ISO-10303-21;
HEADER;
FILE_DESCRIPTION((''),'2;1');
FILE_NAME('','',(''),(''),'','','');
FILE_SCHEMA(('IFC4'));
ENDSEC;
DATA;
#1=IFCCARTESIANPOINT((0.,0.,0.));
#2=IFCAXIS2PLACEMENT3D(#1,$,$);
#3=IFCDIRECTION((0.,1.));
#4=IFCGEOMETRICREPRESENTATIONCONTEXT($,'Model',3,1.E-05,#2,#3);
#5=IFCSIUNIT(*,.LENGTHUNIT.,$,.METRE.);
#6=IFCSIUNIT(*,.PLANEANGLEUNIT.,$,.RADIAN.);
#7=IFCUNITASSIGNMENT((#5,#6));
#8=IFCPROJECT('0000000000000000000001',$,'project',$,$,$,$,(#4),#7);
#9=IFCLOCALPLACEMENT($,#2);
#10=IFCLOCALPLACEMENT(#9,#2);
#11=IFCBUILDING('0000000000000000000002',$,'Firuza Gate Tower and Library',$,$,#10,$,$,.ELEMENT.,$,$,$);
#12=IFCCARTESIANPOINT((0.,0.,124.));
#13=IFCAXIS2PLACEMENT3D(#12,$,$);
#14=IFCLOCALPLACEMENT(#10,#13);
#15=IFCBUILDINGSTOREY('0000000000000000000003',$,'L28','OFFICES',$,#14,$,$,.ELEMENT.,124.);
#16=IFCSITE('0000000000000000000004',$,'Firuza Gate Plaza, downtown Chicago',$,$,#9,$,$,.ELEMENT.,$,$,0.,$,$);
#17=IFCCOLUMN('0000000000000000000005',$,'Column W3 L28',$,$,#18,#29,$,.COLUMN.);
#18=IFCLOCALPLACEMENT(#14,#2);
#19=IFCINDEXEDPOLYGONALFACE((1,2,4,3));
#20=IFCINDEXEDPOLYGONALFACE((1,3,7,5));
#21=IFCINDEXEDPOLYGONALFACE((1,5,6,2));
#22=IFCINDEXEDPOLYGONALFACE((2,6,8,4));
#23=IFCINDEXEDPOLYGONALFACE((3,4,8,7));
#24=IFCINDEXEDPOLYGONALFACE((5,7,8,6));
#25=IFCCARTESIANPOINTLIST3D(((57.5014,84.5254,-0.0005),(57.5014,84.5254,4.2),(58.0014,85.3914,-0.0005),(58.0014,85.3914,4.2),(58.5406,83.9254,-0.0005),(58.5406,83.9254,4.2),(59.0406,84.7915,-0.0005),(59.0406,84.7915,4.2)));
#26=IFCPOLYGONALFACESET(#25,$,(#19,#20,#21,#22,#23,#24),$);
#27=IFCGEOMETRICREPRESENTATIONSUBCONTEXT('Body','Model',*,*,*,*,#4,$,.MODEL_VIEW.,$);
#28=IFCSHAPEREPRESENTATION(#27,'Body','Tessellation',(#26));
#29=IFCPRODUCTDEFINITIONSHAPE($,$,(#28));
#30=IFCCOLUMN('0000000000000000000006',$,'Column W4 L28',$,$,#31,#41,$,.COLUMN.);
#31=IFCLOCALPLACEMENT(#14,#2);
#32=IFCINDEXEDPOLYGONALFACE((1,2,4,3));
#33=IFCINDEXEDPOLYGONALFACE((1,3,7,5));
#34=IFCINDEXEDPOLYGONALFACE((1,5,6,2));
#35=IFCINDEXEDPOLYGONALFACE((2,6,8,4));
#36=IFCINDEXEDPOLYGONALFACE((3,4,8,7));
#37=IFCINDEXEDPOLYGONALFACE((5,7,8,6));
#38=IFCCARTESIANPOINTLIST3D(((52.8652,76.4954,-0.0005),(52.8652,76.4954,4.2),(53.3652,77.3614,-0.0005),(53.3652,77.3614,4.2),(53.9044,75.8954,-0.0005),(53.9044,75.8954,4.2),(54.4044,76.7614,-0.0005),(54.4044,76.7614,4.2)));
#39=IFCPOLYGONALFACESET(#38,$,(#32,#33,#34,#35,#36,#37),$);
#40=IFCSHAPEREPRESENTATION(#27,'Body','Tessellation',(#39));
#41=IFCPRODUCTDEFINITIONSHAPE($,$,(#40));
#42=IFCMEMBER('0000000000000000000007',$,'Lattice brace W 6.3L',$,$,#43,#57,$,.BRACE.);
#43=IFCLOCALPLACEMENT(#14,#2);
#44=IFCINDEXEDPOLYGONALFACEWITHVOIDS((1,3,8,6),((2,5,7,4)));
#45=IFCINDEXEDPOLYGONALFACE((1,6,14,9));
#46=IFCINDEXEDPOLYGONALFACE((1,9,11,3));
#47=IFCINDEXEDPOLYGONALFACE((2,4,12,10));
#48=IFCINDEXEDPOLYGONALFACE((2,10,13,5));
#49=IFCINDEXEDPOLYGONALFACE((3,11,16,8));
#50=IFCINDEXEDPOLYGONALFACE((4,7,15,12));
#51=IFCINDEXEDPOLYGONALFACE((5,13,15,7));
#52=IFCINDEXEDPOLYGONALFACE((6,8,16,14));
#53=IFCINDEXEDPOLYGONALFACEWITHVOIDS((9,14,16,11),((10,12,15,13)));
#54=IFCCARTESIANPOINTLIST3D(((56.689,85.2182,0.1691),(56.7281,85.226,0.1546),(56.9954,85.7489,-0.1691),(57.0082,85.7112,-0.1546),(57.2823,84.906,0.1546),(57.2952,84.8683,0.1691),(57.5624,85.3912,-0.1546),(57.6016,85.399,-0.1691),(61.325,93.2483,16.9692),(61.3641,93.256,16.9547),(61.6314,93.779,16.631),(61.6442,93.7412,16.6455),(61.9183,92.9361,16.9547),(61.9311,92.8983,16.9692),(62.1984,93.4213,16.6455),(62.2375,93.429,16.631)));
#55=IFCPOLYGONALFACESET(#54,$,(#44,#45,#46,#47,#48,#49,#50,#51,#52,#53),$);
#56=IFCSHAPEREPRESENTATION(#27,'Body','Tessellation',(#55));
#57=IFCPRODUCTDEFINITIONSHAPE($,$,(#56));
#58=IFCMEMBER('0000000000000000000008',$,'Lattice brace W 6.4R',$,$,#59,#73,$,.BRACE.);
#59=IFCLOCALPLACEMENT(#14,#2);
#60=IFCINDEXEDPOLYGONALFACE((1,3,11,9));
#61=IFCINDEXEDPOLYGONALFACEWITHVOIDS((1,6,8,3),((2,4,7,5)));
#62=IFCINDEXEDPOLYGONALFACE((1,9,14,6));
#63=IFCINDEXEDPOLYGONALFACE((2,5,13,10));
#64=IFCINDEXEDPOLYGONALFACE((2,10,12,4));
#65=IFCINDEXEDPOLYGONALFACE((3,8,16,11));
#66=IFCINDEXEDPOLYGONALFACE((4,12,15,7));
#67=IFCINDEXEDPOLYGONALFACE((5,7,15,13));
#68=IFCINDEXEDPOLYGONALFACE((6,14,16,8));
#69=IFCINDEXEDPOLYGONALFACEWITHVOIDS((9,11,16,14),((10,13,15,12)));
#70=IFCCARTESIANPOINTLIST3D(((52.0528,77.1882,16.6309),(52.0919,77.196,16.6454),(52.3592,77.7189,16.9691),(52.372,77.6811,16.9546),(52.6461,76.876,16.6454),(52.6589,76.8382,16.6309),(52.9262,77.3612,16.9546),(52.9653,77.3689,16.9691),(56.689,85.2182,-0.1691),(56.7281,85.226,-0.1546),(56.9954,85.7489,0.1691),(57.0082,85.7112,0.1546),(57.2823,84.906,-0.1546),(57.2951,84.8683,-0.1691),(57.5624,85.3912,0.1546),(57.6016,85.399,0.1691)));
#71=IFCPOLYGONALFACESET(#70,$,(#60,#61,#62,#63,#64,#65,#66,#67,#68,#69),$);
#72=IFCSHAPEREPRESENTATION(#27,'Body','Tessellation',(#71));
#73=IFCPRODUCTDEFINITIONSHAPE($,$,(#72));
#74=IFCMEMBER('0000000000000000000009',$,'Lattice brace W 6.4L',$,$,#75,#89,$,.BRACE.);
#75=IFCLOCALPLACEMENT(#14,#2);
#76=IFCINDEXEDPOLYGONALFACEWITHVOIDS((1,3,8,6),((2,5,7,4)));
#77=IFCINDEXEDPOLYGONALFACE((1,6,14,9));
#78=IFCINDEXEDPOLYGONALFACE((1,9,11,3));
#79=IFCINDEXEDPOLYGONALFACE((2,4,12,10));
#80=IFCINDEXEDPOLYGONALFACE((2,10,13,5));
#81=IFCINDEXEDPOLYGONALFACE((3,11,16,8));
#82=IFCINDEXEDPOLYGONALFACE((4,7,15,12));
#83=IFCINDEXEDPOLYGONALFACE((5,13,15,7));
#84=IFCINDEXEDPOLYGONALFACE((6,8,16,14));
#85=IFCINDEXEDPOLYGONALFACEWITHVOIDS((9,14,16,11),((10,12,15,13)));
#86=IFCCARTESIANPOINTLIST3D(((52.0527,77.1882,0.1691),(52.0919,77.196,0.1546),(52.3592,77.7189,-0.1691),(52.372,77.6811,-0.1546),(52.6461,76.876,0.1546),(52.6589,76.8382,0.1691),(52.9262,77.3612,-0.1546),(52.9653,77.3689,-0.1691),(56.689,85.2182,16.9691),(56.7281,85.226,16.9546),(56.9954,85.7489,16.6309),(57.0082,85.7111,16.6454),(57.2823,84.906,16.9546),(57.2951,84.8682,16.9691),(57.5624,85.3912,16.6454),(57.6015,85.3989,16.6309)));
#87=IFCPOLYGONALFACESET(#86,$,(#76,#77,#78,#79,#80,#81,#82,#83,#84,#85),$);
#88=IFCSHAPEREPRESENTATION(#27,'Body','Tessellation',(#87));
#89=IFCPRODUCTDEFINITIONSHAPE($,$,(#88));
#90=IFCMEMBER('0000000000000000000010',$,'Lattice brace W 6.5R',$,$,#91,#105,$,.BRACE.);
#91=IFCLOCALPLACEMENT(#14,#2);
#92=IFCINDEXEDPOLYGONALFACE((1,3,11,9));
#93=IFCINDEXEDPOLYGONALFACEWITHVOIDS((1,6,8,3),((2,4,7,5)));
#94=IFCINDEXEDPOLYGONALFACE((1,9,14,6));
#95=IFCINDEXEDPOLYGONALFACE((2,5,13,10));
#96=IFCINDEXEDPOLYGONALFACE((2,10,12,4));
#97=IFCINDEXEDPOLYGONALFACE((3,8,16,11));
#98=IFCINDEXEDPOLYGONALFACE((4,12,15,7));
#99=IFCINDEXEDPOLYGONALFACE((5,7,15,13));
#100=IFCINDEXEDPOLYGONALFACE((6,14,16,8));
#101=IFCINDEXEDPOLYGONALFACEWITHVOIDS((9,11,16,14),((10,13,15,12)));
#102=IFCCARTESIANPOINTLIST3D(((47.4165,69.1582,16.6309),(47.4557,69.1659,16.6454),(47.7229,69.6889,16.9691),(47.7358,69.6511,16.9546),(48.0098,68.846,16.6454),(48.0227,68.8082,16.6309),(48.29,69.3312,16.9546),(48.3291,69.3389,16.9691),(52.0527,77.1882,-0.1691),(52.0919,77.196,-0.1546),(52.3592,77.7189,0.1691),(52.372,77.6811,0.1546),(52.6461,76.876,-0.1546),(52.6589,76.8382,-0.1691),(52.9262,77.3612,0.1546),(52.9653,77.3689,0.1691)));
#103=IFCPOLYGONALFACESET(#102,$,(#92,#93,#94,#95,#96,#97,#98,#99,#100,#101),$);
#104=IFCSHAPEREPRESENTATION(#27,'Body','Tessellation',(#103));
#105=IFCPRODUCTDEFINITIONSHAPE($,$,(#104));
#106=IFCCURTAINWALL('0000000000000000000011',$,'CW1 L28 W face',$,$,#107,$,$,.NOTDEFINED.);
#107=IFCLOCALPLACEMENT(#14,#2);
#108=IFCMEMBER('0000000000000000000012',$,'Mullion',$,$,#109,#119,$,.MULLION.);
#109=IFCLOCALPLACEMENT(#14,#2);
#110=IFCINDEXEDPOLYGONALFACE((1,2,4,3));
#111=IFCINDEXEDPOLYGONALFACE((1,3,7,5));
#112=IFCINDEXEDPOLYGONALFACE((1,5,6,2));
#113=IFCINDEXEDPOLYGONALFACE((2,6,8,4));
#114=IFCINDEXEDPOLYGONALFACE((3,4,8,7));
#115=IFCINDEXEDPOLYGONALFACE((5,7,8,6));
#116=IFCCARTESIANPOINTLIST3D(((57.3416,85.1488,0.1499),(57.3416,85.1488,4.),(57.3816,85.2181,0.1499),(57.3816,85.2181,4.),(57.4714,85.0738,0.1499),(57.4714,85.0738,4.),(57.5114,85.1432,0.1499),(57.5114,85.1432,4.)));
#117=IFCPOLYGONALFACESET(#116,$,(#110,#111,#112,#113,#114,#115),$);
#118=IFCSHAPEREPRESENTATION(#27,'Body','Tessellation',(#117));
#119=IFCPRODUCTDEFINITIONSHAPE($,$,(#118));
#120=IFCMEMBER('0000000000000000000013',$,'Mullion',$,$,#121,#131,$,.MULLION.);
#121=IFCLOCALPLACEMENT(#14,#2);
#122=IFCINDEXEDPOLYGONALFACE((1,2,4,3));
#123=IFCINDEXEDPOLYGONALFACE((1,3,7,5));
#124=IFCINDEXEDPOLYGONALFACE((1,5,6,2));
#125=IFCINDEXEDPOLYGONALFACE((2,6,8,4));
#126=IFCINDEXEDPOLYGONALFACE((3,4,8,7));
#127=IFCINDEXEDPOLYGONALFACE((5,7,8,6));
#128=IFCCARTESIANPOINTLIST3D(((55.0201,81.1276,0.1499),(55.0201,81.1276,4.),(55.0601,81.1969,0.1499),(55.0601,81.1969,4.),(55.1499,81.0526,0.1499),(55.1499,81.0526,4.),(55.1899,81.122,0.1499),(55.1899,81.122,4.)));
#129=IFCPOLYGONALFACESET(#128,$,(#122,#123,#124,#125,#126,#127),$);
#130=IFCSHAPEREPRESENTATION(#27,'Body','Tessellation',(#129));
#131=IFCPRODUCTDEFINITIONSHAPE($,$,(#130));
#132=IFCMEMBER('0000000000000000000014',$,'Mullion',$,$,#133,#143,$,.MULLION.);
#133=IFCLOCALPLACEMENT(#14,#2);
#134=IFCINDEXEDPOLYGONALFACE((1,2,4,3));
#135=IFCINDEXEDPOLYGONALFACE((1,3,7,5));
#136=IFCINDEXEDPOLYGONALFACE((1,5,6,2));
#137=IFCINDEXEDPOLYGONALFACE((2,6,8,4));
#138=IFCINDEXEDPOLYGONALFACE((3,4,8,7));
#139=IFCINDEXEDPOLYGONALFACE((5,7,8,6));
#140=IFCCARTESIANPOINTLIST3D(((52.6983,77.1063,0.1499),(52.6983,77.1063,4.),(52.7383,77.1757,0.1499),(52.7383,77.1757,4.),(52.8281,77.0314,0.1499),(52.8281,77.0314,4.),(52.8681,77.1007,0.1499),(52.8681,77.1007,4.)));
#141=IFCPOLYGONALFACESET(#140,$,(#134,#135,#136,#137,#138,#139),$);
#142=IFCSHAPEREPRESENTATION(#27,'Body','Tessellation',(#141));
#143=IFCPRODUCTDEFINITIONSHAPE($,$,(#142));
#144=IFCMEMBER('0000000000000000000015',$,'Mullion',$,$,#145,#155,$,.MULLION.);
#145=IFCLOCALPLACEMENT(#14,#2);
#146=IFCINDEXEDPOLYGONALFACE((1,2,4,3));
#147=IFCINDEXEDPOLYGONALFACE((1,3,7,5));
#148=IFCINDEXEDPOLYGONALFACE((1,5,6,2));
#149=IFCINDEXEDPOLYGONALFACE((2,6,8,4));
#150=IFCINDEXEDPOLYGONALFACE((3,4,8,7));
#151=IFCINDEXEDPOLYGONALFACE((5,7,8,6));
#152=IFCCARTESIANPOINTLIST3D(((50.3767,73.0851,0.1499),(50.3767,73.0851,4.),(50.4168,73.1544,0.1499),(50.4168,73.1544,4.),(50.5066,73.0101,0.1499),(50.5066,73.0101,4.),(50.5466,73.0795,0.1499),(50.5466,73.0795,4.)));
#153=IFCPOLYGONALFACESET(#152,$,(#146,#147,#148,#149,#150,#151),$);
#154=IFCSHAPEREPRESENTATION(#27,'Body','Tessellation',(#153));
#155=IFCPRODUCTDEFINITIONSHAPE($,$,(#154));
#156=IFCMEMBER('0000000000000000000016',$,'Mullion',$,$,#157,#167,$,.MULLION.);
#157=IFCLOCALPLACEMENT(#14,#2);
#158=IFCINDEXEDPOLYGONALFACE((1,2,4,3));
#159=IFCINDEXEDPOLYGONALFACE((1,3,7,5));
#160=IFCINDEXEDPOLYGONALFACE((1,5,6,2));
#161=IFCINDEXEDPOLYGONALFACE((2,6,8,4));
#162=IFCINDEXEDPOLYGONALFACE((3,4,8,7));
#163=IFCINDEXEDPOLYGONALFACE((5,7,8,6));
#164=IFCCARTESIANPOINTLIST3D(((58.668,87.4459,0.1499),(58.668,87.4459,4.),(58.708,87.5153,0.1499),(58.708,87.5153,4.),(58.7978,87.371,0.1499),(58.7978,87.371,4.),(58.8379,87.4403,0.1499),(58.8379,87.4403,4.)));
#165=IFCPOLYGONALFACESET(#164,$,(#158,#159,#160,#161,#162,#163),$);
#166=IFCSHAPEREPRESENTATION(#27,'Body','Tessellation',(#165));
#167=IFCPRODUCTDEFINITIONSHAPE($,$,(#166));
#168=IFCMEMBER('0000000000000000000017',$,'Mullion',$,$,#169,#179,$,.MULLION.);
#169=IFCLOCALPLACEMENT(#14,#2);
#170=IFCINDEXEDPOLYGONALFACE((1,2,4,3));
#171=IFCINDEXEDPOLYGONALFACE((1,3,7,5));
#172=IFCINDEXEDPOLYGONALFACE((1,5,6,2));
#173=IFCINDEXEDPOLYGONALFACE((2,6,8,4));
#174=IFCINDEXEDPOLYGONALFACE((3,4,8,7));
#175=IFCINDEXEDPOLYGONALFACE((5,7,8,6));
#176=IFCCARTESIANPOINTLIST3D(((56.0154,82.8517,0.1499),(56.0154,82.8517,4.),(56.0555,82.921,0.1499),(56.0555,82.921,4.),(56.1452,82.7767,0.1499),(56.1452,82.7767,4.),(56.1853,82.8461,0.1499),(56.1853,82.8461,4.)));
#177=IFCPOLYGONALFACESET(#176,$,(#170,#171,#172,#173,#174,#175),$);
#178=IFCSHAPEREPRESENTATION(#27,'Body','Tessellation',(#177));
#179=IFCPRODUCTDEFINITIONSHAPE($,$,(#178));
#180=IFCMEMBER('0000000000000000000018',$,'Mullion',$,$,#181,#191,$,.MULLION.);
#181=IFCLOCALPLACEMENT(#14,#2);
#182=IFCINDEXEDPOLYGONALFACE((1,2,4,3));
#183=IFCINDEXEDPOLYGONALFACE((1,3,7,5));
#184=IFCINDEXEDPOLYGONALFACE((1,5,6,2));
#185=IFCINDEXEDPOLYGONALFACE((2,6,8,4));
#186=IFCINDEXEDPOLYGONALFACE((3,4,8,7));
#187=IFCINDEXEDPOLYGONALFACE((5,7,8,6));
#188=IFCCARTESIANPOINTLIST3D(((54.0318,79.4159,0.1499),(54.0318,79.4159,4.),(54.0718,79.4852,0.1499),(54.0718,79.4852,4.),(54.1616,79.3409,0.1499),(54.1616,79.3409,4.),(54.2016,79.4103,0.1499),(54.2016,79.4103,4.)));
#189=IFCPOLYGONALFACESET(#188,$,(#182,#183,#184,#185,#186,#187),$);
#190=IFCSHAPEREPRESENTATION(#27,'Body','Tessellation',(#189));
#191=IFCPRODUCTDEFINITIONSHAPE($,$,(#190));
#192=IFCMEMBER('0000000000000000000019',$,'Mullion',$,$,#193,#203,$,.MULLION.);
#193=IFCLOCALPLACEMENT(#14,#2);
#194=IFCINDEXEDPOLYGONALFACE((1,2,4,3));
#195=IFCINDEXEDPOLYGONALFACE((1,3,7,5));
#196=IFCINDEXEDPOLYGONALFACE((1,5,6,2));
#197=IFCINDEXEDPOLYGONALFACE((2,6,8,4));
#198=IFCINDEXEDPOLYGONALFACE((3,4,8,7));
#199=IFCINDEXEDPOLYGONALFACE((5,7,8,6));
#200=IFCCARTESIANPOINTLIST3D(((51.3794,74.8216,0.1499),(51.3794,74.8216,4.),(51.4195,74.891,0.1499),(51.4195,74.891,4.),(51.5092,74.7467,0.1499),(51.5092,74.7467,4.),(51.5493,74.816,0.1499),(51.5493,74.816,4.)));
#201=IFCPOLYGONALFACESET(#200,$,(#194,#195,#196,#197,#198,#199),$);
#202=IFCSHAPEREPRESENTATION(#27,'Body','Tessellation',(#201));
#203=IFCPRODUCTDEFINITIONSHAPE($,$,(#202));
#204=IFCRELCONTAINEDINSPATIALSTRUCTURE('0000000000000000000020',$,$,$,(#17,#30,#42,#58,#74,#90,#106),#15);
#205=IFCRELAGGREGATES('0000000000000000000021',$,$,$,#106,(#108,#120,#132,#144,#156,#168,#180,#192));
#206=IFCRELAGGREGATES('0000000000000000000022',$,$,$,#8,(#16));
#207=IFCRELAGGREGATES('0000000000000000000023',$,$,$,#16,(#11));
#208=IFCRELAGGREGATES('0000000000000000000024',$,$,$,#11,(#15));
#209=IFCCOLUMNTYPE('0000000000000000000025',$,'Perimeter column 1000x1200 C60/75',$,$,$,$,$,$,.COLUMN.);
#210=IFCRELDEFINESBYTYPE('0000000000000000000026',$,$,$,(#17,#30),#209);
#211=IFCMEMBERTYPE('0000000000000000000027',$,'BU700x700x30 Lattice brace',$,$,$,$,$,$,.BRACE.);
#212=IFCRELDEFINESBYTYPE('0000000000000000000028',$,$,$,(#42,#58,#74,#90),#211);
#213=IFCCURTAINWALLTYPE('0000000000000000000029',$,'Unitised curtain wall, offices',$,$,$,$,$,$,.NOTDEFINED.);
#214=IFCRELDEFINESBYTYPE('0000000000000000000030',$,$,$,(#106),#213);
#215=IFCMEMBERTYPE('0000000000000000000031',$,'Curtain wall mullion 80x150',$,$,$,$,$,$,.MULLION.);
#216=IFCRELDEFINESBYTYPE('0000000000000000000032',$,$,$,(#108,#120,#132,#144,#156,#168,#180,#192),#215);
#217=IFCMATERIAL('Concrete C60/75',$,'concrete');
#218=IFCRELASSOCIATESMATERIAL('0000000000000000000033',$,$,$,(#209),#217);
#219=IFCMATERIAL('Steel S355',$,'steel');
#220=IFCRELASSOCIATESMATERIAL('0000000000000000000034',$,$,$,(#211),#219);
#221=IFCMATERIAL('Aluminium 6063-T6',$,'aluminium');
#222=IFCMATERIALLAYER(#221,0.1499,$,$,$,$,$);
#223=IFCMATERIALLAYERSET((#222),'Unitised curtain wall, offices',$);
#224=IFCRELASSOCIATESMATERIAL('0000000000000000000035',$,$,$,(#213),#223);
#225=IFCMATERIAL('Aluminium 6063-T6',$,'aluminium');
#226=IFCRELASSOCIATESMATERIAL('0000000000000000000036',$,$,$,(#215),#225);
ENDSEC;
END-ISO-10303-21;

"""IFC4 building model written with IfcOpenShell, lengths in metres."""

from ifc_helpers import new_model, si_unit, direction, frame, origin, origin_2d, place, context, subcontext, project, spatial, rectangle, hollow_rectangle, extrude, material, layer, layer_set, material_profile, profile_set, type_object, element, aggregate, save


model = new_model("IFC4")

# Units and contexts
model_context = context("Model", 3, precision=1e-05, world=origin(), true_north=direction((0.0, 1.0)))
body_context = subcontext(model_context, "Body", "Model", "MODEL_VIEW")
ifc_project = project(units=[si_unit("LENGTHUNIT", "METRE"), si_unit("PLANEANGLEUNIT", "RADIAN")], contexts=[model_context])

# Site, building, storey
site_placement = place(None, origin())
site = spatial("IfcSite", under=ifc_project, at=site_placement, Name="Firuza Gate Plaza, downtown Chicago", CompositionType="ELEMENT", RefElevation=0.0)
building_placement = place(site_placement, origin())
building = spatial("IfcBuilding", under=site, at=building_placement, Name="Firuza Gate Tower and Library", CompositionType="ELEMENT")
storey_placement = place(building_placement, frame((0.0, 0.0, 124.0)))
storey = spatial("IfcBuildingStorey", under=building, at=storey_placement, Name="L28", Description="OFFICES", CompositionType="ELEMENT", Elevation=124.0)

# Columns
ifc_material_1 = material(Name="Concrete C60/75", Category="concrete")
ifc_material_profile_1 = material_profile(ifc_material_1, rectangle(XDim=1.0, YDim=1.2, at=origin_2d()))
ifc_profile_set_1 = profile_set([ifc_material_profile_1], Name="Concrete C60/75")
column_type = type_object("IfcColumnType", Name="Perimeter column 1000x1200 C60/75", PredefinedType="COLUMN", material=ifc_profile_set_1)
for number, where, z_axis, x_axis, name in (
    (1, (58.271, 84.6584, -0.0005), (0.0, 0.0, 1.0), (-0.5, -0.866025, 0.0), "Column W3 L28"),
    (2, (53.6348, 76.6284, -0.0005), (0.0, 0.0, 1.0), (-0.5, -0.866025, 0.0), "Column W4 L28"),
):
    element("IfcColumn", number, at=place(storey_placement, frame(where, z_axis=z_axis, x_axis=x_axis)), inside=storey, type_object=column_type, Name=name, PredefinedType="COLUMN", context=body_context, shape_type="SweptSolid", body=[
        extrude(rectangle(XDim=1.0, YDim=1.2, at=origin_2d()), origin(), (0.0, 0.0, 1.0), 4.2004),
    ])

# Members
ifc_material_2 = material(Name="Steel S355", Category="steel")
ifc_material_profile_2 = material_profile(ifc_material_2, hollow_rectangle(XDim=0.7, YDim=0.7, WallThickness=0.03, at=origin_2d()))
ifc_profile_set_2 = profile_set([ifc_material_profile_2], Name="Steel S355")
member_type_1 = type_object("IfcMemberType", Name="BU700x700x30 Lattice brace", PredefinedType="BRACE", material=ifc_profile_set_2)
for number, where, z_axis, x_axis, name in (
    (3, (57.1453, 85.3086, 0.0), (0.241597, 0.418472, 0.875507), (-0.866033, 0.499988, 0.0), "Lattice brace W 6.3L"),
    (4, (57.1453, 85.3086, 0.0), (-0.241609, -0.41847, 0.875504), (0.866021, -0.500007, 0.0), "Lattice brace W 6.4R"),
    (5, (52.509, 77.2786, 0.0), (0.241609, 0.41847, 0.875504), (-0.866021, 0.500007, 0.0), "Lattice brace W 6.4L"),
    (6, (52.509, 77.2786, 0.0), (-0.241609, -0.41847, 0.875504), (0.866021, -0.500007, 0.0), "Lattice brace W 6.5R"),
):
    element("IfcMember", number, at=place(storey_placement, frame(where, z_axis=z_axis, x_axis=x_axis)), inside=storey, type_object=member_type_1, Name=name, PredefinedType="BRACE", context=body_context, shape_type="SweptSolid", body=[
        extrude(hollow_rectangle(XDim=0.7, YDim=0.7, WallThickness=0.03, at=origin_2d()), origin(), (0.0, 0.0, 1.0), 19.189),
    ])

# Curtain wall, members
ifc_material_3 = material(Name="Aluminium 6063-T6", Category="aluminium")
ifc_layer_1 = layer(ifc_material_3, 0.1499)
ifc_layer_set_1 = layer_set([ifc_layer_1], Name="Unitised curtain wall, offices")
curtain_wall_type = type_object("IfcCurtainWallType", Name="Unitised curtain wall, offices", PredefinedType="NOTDEFINED", material=ifc_layer_set_1)
curtain_wall_placement = place(storey_placement, origin())
curtain_wall = element("IfcCurtainWall", 7, at=curtain_wall_placement, inside=storey, type_object=curtain_wall_type, Name="CW1 L28 W face", PredefinedType="NOTDEFINED")
ifc_material_4 = material(Name="Aluminium 6063-T6", Category="aluminium")
ifc_material_profile_3 = material_profile(ifc_material_4, rectangle(XDim=0.1499, YDim=0.0801, at=origin_2d()))
ifc_profile_set_3 = profile_set([ifc_material_profile_3], Name="Aluminium 6063-T6")
member_type_2 = type_object("IfcMemberType", Name="Curtain wall mullion 80x150", PredefinedType="MULLION", material=ifc_profile_set_3)
member_1_placement = place(storey_placement, frame((57.4265, 85.146, 0.1499), z_axis=(0.0, 0.0, 1.0), x_axis=(0.866025, -0.5, 0.0)))
member_1 = element("IfcMember", 8, at=member_1_placement, type_object=member_type_2, Name="Mullion", PredefinedType="MULLION", context=body_context, shape_type="SweptSolid", body=[
    extrude(rectangle(XDim=0.1499, YDim=0.0801, at=origin_2d()), origin(), (0.0, 0.0, 1.0), 3.8501),
])
member_2_placement = place(storey_placement, frame((55.105, 81.1248, 0.1499), z_axis=(0.0, 0.0, 1.0), x_axis=(0.866025, -0.5, 0.0)))
member_2 = element("IfcMember", 9, at=member_2_placement, type_object=member_type_2, Name="Mullion", PredefinedType="MULLION", context=body_context, shape_type="SweptSolid", body=[
    extrude(rectangle(XDim=0.1499, YDim=0.0801, at=origin_2d()), origin(), (0.0, 0.0, 1.0), 3.8501),
])
member_3_placement = place(storey_placement, frame((52.7832, 77.1035, 0.1499), z_axis=(0.0, 0.0, 1.0), x_axis=(0.866025, -0.5, 0.0)))
member_3 = element("IfcMember", 10, at=member_3_placement, type_object=member_type_2, Name="Mullion", PredefinedType="MULLION", context=body_context, shape_type="SweptSolid", body=[
    extrude(rectangle(XDim=0.1499, YDim=0.0801, at=origin_2d()), origin(), (0.0, 0.0, 1.0), 3.8501),
])
member_4_placement = place(storey_placement, frame((50.4617, 73.0823, 0.1499), z_axis=(0.0, 0.0, 1.0), x_axis=(0.866025, -0.5, 0.0)))
member_4 = element("IfcMember", 11, at=member_4_placement, type_object=member_type_2, Name="Mullion", PredefinedType="MULLION", context=body_context, shape_type="SweptSolid", body=[
    extrude(rectangle(XDim=0.1499, YDim=0.0801, at=origin_2d()), origin(), (0.0, 0.0, 1.0), 3.8501),
])
member_5_placement = place(storey_placement, frame((58.7529, 87.4431, 0.1499), z_axis=(0.0, 0.0, 1.0), x_axis=(0.866025, -0.5, 0.0)))
member_5 = element("IfcMember", 12, at=member_5_placement, type_object=member_type_2, Name="Mullion", PredefinedType="MULLION", context=body_context, shape_type="SweptSolid", body=[
    extrude(rectangle(XDim=0.1499, YDim=0.0801, at=origin_2d()), origin(), (0.0, 0.0, 1.0), 3.8501),
])
member_6_placement = place(storey_placement, frame((56.1003, 82.8489, 0.1499), z_axis=(0.0, 0.0, 1.0), x_axis=(0.866025, -0.5, 0.0)))
member_6 = element("IfcMember", 13, at=member_6_placement, type_object=member_type_2, Name="Mullion", PredefinedType="MULLION", context=body_context, shape_type="SweptSolid", body=[
    extrude(rectangle(XDim=0.1499, YDim=0.0801, at=origin_2d()), origin(), (0.0, 0.0, 1.0), 3.8501),
])
member_7_placement = place(storey_placement, frame((54.1167, 79.4131, 0.1499), z_axis=(0.0, 0.0, 1.0), x_axis=(0.866025, -0.5, 0.0)))
member_7 = element("IfcMember", 14, at=member_7_placement, type_object=member_type_2, Name="Mullion", PredefinedType="MULLION", context=body_context, shape_type="SweptSolid", body=[
    extrude(rectangle(XDim=0.1499, YDim=0.0801, at=origin_2d()), origin(), (0.0, 0.0, 1.0), 3.8501),
])
member_8_placement = place(storey_placement, frame((51.4644, 74.8188, 0.1499), z_axis=(0.0, 0.0, 1.0), x_axis=(0.866025, -0.5, 0.0)))
member_8 = element("IfcMember", 15, at=member_8_placement, type_object=member_type_2, Name="Mullion", PredefinedType="MULLION", context=body_context, shape_type="SweptSolid", body=[
    extrude(rectangle(XDim=0.1499, YDim=0.0801, at=origin_2d()), origin(), (0.0, 0.0, 1.0), 3.8501),
])

aggregate(curtain_wall, [member_1, member_2, member_3, member_4, member_5, member_6, member_7, member_8])

save(model, "model.ifc")
